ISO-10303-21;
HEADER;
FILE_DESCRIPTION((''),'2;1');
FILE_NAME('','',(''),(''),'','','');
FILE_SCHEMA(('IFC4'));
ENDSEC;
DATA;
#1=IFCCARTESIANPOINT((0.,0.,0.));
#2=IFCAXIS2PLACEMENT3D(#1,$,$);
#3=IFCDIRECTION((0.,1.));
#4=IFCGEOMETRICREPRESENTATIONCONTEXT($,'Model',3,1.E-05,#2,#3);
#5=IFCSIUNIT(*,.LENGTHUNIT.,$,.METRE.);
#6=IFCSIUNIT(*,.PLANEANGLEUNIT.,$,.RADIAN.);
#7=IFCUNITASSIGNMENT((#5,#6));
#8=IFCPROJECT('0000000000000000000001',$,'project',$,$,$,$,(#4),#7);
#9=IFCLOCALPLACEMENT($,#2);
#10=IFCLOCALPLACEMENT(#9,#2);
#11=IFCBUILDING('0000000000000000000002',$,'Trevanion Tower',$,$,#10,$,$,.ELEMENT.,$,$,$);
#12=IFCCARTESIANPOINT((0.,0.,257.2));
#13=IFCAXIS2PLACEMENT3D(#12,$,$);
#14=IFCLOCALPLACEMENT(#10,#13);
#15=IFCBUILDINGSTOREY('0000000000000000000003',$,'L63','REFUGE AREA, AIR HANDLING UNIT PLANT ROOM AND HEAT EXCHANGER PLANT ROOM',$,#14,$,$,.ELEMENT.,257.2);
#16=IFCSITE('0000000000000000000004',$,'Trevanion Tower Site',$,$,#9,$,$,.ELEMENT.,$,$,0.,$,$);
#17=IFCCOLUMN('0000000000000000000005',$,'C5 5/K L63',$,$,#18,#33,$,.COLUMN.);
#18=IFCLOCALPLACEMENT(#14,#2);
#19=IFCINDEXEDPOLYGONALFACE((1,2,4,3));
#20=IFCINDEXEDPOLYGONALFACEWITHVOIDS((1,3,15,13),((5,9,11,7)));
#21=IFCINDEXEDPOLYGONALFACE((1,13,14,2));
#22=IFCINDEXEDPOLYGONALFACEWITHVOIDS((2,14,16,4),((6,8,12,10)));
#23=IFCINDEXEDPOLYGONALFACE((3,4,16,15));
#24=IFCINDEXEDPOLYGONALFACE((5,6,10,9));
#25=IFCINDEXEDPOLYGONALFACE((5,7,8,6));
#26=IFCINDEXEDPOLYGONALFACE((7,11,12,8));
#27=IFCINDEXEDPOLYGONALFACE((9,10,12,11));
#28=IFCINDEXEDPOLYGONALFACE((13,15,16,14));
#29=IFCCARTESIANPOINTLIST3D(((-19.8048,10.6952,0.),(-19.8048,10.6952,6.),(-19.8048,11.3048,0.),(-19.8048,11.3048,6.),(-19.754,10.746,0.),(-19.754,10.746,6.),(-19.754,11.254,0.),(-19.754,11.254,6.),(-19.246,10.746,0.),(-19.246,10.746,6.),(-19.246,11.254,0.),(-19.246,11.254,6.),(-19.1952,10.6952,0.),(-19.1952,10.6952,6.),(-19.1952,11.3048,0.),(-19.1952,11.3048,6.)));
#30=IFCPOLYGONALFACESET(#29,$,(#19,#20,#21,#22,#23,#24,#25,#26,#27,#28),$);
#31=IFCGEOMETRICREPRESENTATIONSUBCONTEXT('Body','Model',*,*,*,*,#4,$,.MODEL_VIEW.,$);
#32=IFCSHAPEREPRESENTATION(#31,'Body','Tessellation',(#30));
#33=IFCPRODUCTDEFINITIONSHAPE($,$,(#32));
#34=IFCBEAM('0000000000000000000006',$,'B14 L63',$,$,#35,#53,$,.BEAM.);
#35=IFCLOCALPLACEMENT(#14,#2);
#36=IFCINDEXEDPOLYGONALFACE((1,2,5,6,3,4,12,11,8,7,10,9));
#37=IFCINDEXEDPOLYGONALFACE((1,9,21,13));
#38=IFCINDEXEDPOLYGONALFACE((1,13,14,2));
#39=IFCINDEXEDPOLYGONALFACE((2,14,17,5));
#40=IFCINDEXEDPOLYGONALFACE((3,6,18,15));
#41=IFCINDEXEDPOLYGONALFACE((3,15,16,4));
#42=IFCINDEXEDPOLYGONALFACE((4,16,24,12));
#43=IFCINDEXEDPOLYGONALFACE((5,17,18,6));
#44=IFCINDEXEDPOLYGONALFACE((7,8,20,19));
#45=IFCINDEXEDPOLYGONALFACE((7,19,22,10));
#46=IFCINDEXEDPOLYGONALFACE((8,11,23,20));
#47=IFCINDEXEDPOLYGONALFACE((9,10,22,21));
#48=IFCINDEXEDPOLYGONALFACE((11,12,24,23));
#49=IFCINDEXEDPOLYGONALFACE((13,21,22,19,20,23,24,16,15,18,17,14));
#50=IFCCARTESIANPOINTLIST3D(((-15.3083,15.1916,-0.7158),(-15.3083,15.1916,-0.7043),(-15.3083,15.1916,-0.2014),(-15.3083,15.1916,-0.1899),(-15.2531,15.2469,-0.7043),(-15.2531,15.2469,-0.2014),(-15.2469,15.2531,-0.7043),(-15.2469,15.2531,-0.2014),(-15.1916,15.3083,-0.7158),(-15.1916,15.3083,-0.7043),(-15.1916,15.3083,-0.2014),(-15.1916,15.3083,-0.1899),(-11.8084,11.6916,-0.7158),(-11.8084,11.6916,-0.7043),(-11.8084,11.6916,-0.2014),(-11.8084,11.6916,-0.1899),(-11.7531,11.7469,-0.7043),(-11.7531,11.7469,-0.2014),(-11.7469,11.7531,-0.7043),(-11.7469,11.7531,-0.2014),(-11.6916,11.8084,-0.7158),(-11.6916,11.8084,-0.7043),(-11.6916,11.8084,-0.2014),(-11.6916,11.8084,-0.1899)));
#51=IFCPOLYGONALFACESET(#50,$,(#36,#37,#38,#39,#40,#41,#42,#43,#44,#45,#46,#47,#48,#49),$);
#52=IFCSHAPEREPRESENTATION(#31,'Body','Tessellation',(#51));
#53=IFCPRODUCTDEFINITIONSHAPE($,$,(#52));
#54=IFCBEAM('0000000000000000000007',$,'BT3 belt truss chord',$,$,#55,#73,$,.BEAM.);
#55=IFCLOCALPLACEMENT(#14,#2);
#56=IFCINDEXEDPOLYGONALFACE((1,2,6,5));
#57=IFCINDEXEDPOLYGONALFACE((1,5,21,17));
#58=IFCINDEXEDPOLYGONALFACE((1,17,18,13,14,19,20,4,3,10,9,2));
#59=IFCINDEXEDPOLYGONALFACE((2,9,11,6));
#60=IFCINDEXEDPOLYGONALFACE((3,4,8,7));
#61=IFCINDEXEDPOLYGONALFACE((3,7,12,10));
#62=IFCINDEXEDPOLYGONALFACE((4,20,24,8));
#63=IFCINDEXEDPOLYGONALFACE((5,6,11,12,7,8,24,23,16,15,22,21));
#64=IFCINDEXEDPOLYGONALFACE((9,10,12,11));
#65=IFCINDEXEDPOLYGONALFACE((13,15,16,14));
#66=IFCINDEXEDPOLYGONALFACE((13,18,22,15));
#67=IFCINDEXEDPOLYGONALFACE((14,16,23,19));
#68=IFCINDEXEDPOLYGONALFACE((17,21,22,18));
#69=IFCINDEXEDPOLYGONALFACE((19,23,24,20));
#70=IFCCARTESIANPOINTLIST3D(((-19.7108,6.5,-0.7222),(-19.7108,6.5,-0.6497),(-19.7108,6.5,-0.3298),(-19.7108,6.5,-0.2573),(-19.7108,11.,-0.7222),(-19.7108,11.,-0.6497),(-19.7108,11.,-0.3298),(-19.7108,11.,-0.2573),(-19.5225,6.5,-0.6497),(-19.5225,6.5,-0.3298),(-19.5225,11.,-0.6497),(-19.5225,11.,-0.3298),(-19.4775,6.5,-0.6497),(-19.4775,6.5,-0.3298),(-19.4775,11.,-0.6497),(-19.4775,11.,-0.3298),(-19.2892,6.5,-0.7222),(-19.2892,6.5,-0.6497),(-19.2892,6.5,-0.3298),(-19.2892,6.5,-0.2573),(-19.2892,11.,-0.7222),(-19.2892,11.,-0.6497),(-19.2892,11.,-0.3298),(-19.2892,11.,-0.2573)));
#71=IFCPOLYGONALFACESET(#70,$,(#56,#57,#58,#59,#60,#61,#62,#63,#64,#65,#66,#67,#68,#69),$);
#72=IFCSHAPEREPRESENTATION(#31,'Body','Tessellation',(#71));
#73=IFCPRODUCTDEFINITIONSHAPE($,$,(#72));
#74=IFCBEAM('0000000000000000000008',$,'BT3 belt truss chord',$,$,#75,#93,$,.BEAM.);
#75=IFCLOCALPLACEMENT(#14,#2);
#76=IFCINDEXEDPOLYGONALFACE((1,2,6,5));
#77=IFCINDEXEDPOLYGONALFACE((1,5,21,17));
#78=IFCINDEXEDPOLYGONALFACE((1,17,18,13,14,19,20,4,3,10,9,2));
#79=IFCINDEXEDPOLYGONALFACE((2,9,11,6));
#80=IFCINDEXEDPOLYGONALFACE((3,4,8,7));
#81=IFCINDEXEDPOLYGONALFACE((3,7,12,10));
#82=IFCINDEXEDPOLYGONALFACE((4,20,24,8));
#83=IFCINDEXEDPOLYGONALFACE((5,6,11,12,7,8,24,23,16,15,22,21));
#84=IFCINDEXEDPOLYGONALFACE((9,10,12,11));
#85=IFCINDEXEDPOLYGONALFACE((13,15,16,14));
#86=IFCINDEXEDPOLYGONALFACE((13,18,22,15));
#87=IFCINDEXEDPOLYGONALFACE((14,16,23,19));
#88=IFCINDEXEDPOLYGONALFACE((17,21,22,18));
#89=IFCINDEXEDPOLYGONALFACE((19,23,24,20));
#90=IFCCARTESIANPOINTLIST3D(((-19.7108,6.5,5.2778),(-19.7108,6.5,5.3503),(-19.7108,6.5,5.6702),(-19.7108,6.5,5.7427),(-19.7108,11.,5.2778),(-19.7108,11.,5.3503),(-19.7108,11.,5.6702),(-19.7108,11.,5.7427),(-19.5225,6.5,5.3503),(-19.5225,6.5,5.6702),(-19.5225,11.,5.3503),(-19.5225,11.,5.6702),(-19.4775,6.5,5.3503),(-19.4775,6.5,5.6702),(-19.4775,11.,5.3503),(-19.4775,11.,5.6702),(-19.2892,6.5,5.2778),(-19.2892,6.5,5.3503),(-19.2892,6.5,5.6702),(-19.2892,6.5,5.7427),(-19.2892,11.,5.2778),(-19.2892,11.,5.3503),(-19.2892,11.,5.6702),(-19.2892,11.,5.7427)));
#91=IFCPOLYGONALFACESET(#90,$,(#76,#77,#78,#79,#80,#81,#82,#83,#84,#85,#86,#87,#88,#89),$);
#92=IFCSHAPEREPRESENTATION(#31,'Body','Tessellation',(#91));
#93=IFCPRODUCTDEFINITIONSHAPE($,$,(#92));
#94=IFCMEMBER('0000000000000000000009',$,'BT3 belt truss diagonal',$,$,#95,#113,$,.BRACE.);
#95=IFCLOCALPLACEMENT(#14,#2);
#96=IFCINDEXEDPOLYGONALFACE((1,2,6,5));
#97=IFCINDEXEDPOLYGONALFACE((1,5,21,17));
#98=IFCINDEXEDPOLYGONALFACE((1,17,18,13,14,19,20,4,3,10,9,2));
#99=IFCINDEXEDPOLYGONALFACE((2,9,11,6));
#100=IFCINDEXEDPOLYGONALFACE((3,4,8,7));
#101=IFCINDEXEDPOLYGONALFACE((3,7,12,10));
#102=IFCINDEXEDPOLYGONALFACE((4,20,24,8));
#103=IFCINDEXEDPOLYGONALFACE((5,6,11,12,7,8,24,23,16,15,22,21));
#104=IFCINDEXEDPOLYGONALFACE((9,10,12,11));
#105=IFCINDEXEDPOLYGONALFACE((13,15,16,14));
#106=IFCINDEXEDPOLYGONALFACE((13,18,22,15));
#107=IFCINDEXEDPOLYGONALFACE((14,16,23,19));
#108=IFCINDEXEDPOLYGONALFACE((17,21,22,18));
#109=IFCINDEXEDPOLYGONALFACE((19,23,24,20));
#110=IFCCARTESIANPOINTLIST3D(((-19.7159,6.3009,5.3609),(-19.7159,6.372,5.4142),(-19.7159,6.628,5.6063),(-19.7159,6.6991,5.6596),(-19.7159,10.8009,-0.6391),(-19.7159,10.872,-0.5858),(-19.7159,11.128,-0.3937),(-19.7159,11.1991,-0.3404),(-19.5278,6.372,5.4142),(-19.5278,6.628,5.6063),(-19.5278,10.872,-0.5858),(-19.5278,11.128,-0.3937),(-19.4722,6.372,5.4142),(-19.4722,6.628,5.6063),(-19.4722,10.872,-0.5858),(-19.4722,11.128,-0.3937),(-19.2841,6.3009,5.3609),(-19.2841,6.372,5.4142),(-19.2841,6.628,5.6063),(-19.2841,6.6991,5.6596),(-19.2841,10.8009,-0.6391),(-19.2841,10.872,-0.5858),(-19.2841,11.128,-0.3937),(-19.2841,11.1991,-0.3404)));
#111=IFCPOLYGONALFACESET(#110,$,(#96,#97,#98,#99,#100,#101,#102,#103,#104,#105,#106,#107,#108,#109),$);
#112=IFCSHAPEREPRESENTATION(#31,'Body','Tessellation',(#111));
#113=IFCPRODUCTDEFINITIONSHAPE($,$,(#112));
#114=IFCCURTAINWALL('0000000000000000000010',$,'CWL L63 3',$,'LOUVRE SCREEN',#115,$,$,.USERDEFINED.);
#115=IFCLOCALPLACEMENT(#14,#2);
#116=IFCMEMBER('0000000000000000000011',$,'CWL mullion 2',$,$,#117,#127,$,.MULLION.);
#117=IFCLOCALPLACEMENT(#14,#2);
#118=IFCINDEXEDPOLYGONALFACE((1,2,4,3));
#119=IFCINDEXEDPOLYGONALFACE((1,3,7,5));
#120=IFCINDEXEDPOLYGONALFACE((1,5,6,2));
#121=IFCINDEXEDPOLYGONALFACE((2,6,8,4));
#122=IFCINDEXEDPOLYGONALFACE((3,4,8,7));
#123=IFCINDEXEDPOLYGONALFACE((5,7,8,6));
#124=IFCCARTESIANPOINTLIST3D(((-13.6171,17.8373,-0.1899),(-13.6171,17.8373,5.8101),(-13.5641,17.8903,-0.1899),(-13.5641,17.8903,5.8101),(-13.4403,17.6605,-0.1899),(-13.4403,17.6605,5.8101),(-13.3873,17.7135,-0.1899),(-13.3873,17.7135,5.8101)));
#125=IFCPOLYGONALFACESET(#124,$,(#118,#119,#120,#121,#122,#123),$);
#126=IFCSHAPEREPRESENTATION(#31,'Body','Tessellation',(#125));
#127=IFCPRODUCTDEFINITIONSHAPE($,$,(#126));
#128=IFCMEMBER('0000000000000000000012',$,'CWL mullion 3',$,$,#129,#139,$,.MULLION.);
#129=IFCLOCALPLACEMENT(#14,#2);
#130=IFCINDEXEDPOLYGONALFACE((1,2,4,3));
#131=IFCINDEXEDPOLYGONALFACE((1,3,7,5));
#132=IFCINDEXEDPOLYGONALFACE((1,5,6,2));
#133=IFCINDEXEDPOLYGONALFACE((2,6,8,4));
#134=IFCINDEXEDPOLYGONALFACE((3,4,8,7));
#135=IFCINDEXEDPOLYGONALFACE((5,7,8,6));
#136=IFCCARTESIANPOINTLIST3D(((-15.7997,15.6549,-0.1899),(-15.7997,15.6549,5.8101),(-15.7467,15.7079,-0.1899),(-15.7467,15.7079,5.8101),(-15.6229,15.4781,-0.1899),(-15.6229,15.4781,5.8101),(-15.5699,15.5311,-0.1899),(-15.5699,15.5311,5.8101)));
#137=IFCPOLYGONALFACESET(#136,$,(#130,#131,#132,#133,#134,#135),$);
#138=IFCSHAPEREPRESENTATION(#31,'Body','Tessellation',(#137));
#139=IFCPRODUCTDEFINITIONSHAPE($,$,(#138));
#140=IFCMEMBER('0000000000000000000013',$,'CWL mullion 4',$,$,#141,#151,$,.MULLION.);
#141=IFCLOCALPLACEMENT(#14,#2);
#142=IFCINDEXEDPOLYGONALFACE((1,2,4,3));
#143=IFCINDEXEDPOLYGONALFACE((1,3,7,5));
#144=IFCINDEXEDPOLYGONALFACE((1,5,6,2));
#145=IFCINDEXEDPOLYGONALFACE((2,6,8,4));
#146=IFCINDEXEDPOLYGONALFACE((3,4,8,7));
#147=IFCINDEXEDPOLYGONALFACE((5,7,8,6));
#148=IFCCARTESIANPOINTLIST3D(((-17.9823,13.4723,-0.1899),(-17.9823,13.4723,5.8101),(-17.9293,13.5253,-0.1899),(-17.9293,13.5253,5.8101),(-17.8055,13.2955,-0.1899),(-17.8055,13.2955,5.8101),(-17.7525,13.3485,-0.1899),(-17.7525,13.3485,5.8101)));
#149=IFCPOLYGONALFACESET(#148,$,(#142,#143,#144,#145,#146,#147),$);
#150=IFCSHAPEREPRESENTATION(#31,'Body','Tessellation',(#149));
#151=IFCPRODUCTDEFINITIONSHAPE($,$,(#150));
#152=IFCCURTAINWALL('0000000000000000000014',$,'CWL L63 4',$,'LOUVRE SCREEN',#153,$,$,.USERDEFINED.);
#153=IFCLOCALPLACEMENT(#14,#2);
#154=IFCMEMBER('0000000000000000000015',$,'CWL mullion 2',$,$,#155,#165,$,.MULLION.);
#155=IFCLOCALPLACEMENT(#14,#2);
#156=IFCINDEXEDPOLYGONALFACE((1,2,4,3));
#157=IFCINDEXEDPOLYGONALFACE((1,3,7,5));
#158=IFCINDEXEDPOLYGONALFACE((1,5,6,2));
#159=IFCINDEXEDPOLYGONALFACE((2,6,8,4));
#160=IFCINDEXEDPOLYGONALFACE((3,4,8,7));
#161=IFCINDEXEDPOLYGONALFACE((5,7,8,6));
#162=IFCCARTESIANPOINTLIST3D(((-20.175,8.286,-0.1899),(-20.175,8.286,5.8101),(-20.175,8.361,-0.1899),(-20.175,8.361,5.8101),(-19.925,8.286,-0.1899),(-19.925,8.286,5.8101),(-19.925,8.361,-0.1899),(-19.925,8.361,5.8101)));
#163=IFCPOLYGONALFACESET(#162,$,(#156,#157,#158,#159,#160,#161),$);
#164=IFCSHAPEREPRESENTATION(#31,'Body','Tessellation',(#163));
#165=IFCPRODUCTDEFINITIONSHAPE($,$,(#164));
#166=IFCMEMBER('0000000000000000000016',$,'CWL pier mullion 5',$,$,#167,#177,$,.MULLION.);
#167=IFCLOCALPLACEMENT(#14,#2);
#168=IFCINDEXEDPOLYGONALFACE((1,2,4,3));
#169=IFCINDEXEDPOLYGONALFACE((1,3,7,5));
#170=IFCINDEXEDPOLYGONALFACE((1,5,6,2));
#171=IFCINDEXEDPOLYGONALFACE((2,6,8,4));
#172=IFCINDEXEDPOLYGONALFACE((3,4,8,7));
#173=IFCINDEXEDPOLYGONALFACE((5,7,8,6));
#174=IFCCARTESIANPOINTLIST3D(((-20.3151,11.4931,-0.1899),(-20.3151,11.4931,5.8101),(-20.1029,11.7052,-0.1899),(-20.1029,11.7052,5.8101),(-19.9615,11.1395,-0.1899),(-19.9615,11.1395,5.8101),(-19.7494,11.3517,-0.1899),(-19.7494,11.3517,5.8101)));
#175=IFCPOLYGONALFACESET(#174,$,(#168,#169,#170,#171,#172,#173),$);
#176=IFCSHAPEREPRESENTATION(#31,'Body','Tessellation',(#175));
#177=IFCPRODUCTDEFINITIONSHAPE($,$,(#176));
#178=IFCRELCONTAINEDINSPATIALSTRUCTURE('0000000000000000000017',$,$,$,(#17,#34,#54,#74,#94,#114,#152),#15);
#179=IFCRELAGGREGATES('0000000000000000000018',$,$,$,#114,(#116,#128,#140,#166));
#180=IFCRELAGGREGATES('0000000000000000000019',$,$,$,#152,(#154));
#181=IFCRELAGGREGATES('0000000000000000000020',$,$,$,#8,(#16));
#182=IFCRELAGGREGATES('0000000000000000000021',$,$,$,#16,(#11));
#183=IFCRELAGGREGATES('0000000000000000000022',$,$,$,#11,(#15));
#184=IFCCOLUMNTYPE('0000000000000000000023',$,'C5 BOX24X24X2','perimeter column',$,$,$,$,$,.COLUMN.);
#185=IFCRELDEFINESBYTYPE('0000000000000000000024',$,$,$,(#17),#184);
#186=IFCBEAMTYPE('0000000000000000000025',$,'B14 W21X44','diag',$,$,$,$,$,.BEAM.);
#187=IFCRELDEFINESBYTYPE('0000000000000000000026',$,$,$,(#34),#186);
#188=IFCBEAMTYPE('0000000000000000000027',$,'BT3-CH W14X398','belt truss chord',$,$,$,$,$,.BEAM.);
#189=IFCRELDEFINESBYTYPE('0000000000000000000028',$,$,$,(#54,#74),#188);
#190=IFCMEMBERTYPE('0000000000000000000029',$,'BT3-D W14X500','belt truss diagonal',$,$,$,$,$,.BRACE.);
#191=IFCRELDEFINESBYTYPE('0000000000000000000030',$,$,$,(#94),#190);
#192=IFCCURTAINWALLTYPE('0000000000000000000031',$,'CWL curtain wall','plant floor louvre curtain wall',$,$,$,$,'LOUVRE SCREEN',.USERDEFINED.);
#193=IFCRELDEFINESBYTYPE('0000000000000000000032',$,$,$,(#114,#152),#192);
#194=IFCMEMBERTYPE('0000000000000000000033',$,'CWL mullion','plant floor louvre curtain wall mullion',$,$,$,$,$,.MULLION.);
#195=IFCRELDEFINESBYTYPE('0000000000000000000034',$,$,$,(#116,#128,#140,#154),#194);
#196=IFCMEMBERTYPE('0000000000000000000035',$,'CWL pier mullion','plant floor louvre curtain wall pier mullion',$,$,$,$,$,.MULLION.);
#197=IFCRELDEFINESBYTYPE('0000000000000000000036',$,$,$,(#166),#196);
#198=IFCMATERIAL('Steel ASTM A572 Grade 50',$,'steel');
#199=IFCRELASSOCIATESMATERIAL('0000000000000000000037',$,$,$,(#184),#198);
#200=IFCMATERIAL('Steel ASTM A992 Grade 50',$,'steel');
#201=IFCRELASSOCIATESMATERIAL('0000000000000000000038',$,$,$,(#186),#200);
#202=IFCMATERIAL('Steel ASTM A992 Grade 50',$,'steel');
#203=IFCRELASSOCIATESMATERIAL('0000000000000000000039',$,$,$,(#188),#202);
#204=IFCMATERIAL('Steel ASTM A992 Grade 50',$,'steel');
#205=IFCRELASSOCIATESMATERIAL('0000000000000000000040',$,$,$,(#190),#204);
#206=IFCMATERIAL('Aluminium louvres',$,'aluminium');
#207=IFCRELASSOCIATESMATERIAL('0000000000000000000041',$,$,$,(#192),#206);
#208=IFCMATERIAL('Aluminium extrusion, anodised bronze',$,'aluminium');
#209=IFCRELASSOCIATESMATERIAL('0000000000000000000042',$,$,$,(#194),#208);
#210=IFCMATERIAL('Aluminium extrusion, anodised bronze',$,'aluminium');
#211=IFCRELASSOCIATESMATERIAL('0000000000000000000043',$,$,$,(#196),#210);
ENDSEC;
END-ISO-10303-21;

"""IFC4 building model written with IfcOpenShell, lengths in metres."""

from ifc_helpers import new_model, si_unit, direction, frame, origin, origin_2d, place, context, subcontext, project, spatial, rectangle, hollow_rectangle, i_section, extrude, material, material_profile, profile_set, type_object, element, aggregate, save


model = new_model("IFC4")

# Units and contexts
model_context = context("Model", 3, precision=1e-05, world=origin(), true_north=direction((0.0, 1.0)))
body_context = subcontext(model_context, "Body", "Model", "MODEL_VIEW")
ifc_project = project(units=[si_unit("LENGTHUNIT", "METRE"), si_unit("PLANEANGLEUNIT", "RADIAN")], contexts=[model_context])

# Site, building, storey
site_placement = place(None, origin())
site = spatial("IfcSite", under=ifc_project, at=site_placement, Name="Trevanion Tower Site", CompositionType="ELEMENT", RefElevation=0.0)
building_placement = place(site_placement, origin())
building = spatial("IfcBuilding", under=site, at=building_placement, Name="Trevanion Tower", CompositionType="ELEMENT")
storey_placement = place(building_placement, frame((0.0, 0.0, 257.2)))
storey = spatial("IfcBuildingStorey", under=building, at=storey_placement, Name="L63", Description="REFUGE AREA, AIR HANDLING UNIT PLANT ROOM AND HEAT EXCHANGER PLANT ROOM", CompositionType="ELEMENT", Elevation=257.2)

# Column
ifc_material_1 = material(Name="Steel ASTM A572 Grade 50", Category="steel")
ifc_material_profile_1 = material_profile(ifc_material_1, hollow_rectangle(XDim=0.6096, YDim=0.6096, WallThickness=0.0508, at=origin_2d()), Name="BOX24X24X2")
ifc_profile_set_1 = profile_set([ifc_material_profile_1], Name="Steel ASTM A572 Grade 50")
column_type = type_object("IfcColumnType", Name="C5 BOX24X24X2", Description="perimeter column", PredefinedType="COLUMN", material=ifc_profile_set_1)
column_placement = place(storey_placement, frame((-19.5, 11.0, 0.0), z_axis=(0.0, 0.0, 1.0), x_axis=(0.0, 1.0, 0.0)))
element("IfcColumn", 1, at=column_placement, inside=storey, type_object=column_type, Name="C5 5/K L63", PredefinedType="COLUMN", context=body_context, shape_type="SweptSolid", body=[
    extrude(hollow_rectangle(XDim=0.6096, YDim=0.6096, WallThickness=0.0508, at=origin_2d()), origin(), (0.0, 0.0, 1.0), 6.0),
])

# Beams
ifc_material_2 = material(Name="Steel ASTM A992 Grade 50", Category="steel")
ifc_material_profile_2 = material_profile(ifc_material_2, i_section(OverallWidth=0.165, OverallDepth=0.5259, WebThickness=0.0088, FlangeThickness=0.0115, at=origin_2d()), Name="W21X44")
ifc_profile_set_2 = profile_set([ifc_material_profile_2], Name="Steel ASTM A992 Grade 50")
beam_type_1 = type_object("IfcBeamType", Name="B14 W21X44", Description="diag", PredefinedType="BEAM", material=ifc_profile_set_2)
beam_1_placement = place(storey_placement, frame((-11.75, 11.75, -0.4529), z_axis=(-0.707107, 0.707107, 0.0), x_axis=(-0.707107, -0.707107, 0.0)))
element("IfcBeam", 2, at=beam_1_placement, inside=storey, type_object=beam_type_1, Name="B14 L63", PredefinedType="BEAM", context=body_context, shape_type="SweptSolid", body=[
    extrude(i_section(OverallWidth=0.165, OverallDepth=0.5259, WebThickness=0.0088, FlangeThickness=0.0115, at=origin_2d()), origin(), (0.0, 0.0, 1.0), 4.9497),
])
ifc_material_3 = material(Name="Steel ASTM A992 Grade 50", Category="steel")
ifc_material_profile_3 = material_profile(ifc_material_3, i_section(OverallWidth=0.4216, OverallDepth=0.4648, WebThickness=0.0449, FlangeThickness=0.0725, at=origin_2d()), Name="W14X398")
ifc_profile_set_3 = profile_set([ifc_material_profile_3], Name="Steel ASTM A992 Grade 50")
beam_type_2 = type_object("IfcBeamType", Name="BT3-CH W14X398", Description="belt truss chord", PredefinedType="BEAM", material=ifc_profile_set_3)
for number, where, z_axis, x_axis, name in (
    (3, (-19.5, 11.0, -0.4897), (0.0, -1.0, 0.0), (1.0, 0.0, 0.0), "BT3 belt truss chord"),
    (4, (-19.5, 11.0, 5.5103), (0.0, -1.0, 0.0), (1.0, 0.0, 0.0), "BT3 belt truss chord"),
):
    element("IfcBeam", number, at=place(storey_placement, frame(where, z_axis=z_axis, x_axis=x_axis)), inside=storey, type_object=beam_type_2, Name=name, PredefinedType="BEAM", context=body_context, shape_type="SweptSolid", body=[
        extrude(i_section(OverallWidth=0.4216, OverallDepth=0.4648, WebThickness=0.0449, FlangeThickness=0.0725, at=origin_2d()), origin(), (0.0, 0.0, 1.0), 4.5),
    ])

# Member
ifc_material_4 = material(Name="Steel ASTM A992 Grade 50", Category="steel")
ifc_material_profile_4 = material_profile(ifc_material_4, i_section(OverallWidth=0.4319, OverallDepth=0.4978, WebThickness=0.0557, FlangeThickness=0.0889, at=origin_2d()), Name="W14X500")
ifc_profile_set_4 = profile_set([ifc_material_profile_4], Name="Steel ASTM A992 Grade 50")
member_type_1 = type_object("IfcMemberType", Name="BT3-D W14X500", Description="belt truss diagonal", PredefinedType="BRACE", material=ifc_profile_set_4)
member_1_placement = place(storey_placement, frame((-19.5, 11.0, -0.4897), z_axis=(0.0, -0.6, 0.8), x_axis=(1.0, 0.0, 0.0)))
element("IfcMember", 5, at=member_1_placement, inside=storey, type_object=member_type_1, Name="BT3 belt truss diagonal", PredefinedType="BRACE", context=body_context, shape_type="SweptSolid", body=[
    extrude(i_section(OverallWidth=0.4319, OverallDepth=0.4978, WebThickness=0.0557, FlangeThickness=0.0889, at=origin_2d()), origin(), (0.0, 0.0, 1.0), 7.5),
])

# Curtain wall, members
ifc_material_5 = material(Name="Aluminium louvres", Category="aluminium")
curtain_wall_type = type_object("IfcCurtainWallType", Name="CWL curtain wall", Description="plant floor louvre curtain wall", ElementType="LOUVRE SCREEN", PredefinedType="USERDEFINED", material=ifc_material_5)
curtain_wall_1_placement = place(storey_placement, origin())
curtain_wall_1 = element("IfcCurtainWall", 6, at=curtain_wall_1_placement, inside=storey, type_object=curtain_wall_type, Name="CWL L63 3", ObjectType="LOUVRE SCREEN", PredefinedType="USERDEFINED")
ifc_material_6 = material(Name="Aluminium extrusion, anodised bronze", Category="aluminium")
ifc_material_profile_5 = material_profile(ifc_material_6, rectangle(XDim=0.075, YDim=0.25, at=origin_2d()), Name="CWL mullion")
ifc_profile_set_5 = profile_set([ifc_material_profile_5], Name="Aluminium extrusion, anodised bronze")
member_type_2 = type_object("IfcMemberType", Name="CWL mullion", Description="plant floor louvre curtain wall mullion", PredefinedType="MULLION", material=ifc_profile_set_5)
member_2_placement = place(storey_placement, frame((-13.5022, 17.7754, -0.1899), z_axis=(0.0, 0.0, 1.0), x_axis=(-0.707107, -0.707107, 0.0)))
member_2 = element("IfcMember", 7, at=member_2_placement, type_object=member_type_2, Name="CWL mullion 2", PredefinedType="MULLION", context=body_context, shape_type="SweptSolid", body=[
    extrude(rectangle(XDim=0.075, YDim=0.25, at=origin_2d()), origin(), (0.0, 0.0, 1.0), 6.0),
])
member_3_placement = place(storey_placement, frame((-15.6848, 15.593, -0.1899), z_axis=(0.0, 0.0, 1.0), x_axis=(-0.707107, -0.707107, 0.0)))
member_3 = element("IfcMember", 8, at=member_3_placement, type_object=member_type_2, Name="CWL mullion 3", PredefinedType="MULLION", context=body_context, shape_type="SweptSolid", body=[
    extrude(rectangle(XDim=0.075, YDim=0.25, at=origin_2d()), origin(), (0.0, 0.0, 1.0), 6.0),
])
member_4_placement = place(storey_placement, frame((-17.8674, 13.4104, -0.1899), z_axis=(0.0, 0.0, 1.0), x_axis=(-0.707107, -0.707107, 0.0)))
member_4 = element("IfcMember", 9, at=member_4_placement, type_object=member_type_2, Name="CWL mullion 4", PredefinedType="MULLION", context=body_context, shape_type="SweptSolid", body=[
    extrude(rectangle(XDim=0.075, YDim=0.25, at=origin_2d()), origin(), (0.0, 0.0, 1.0), 6.0),
])

# Curtain wall, member
curtain_wall_2_placement = place(storey_placement, origin())
curtain_wall_2 = element("IfcCurtainWall", 10, at=curtain_wall_2_placement, inside=storey, type_object=curtain_wall_type, Name="CWL L63 4", ObjectType="LOUVRE SCREEN", PredefinedType="USERDEFINED")
member_5_placement = place(storey_placement, frame((-20.05, 8.3235, -0.1899), z_axis=(0.0, 0.0, 1.0), x_axis=(0.0, -1.0, 0.0)))
member_5 = element("IfcMember", 11, at=member_5_placement, type_object=member_type_2, Name="CWL mullion 2", PredefinedType="MULLION", context=body_context, shape_type="SweptSolid", body=[
    extrude(rectangle(XDim=0.075, YDim=0.25, at=origin_2d()), origin(), (0.0, 0.0, 1.0), 6.0),
])

# Member
ifc_material_7 = material(Name="Aluminium extrusion, anodised bronze", Category="aluminium")
ifc_material_profile_6 = material_profile(ifc_material_7, rectangle(XDim=0.3, YDim=0.5, at=origin_2d()), Name="CWL pier mullion")
ifc_profile_set_6 = profile_set([ifc_material_profile_6], Name="Aluminium extrusion, anodised bronze")
member_type_3 = type_object("IfcMemberType", Name="CWL pier mullion", Description="plant floor louvre curtain wall pier mullion", PredefinedType="MULLION", material=ifc_profile_set_6)
member_6_placement = place(storey_placement, frame((-20.0322, 11.4224, -0.1899), z_axis=(0.0, 0.0, 1.0), x_axis=(-0.707107, -0.707107, 0.0)))
member_6 = element("IfcMember", 12, at=member_6_placement, type_object=member_type_3, Name="CWL pier mullion 5", PredefinedType="MULLION", context=body_context, shape_type="SweptSolid", body=[
    extrude(rectangle(XDim=0.3, YDim=0.5, at=origin_2d()), origin(), (0.0, 0.0, 1.0), 6.0),
])

aggregate(curtain_wall_1, [member_2, member_3, member_4, member_6])
aggregate(curtain_wall_2, [member_5])

save(model, "model.ifc")
